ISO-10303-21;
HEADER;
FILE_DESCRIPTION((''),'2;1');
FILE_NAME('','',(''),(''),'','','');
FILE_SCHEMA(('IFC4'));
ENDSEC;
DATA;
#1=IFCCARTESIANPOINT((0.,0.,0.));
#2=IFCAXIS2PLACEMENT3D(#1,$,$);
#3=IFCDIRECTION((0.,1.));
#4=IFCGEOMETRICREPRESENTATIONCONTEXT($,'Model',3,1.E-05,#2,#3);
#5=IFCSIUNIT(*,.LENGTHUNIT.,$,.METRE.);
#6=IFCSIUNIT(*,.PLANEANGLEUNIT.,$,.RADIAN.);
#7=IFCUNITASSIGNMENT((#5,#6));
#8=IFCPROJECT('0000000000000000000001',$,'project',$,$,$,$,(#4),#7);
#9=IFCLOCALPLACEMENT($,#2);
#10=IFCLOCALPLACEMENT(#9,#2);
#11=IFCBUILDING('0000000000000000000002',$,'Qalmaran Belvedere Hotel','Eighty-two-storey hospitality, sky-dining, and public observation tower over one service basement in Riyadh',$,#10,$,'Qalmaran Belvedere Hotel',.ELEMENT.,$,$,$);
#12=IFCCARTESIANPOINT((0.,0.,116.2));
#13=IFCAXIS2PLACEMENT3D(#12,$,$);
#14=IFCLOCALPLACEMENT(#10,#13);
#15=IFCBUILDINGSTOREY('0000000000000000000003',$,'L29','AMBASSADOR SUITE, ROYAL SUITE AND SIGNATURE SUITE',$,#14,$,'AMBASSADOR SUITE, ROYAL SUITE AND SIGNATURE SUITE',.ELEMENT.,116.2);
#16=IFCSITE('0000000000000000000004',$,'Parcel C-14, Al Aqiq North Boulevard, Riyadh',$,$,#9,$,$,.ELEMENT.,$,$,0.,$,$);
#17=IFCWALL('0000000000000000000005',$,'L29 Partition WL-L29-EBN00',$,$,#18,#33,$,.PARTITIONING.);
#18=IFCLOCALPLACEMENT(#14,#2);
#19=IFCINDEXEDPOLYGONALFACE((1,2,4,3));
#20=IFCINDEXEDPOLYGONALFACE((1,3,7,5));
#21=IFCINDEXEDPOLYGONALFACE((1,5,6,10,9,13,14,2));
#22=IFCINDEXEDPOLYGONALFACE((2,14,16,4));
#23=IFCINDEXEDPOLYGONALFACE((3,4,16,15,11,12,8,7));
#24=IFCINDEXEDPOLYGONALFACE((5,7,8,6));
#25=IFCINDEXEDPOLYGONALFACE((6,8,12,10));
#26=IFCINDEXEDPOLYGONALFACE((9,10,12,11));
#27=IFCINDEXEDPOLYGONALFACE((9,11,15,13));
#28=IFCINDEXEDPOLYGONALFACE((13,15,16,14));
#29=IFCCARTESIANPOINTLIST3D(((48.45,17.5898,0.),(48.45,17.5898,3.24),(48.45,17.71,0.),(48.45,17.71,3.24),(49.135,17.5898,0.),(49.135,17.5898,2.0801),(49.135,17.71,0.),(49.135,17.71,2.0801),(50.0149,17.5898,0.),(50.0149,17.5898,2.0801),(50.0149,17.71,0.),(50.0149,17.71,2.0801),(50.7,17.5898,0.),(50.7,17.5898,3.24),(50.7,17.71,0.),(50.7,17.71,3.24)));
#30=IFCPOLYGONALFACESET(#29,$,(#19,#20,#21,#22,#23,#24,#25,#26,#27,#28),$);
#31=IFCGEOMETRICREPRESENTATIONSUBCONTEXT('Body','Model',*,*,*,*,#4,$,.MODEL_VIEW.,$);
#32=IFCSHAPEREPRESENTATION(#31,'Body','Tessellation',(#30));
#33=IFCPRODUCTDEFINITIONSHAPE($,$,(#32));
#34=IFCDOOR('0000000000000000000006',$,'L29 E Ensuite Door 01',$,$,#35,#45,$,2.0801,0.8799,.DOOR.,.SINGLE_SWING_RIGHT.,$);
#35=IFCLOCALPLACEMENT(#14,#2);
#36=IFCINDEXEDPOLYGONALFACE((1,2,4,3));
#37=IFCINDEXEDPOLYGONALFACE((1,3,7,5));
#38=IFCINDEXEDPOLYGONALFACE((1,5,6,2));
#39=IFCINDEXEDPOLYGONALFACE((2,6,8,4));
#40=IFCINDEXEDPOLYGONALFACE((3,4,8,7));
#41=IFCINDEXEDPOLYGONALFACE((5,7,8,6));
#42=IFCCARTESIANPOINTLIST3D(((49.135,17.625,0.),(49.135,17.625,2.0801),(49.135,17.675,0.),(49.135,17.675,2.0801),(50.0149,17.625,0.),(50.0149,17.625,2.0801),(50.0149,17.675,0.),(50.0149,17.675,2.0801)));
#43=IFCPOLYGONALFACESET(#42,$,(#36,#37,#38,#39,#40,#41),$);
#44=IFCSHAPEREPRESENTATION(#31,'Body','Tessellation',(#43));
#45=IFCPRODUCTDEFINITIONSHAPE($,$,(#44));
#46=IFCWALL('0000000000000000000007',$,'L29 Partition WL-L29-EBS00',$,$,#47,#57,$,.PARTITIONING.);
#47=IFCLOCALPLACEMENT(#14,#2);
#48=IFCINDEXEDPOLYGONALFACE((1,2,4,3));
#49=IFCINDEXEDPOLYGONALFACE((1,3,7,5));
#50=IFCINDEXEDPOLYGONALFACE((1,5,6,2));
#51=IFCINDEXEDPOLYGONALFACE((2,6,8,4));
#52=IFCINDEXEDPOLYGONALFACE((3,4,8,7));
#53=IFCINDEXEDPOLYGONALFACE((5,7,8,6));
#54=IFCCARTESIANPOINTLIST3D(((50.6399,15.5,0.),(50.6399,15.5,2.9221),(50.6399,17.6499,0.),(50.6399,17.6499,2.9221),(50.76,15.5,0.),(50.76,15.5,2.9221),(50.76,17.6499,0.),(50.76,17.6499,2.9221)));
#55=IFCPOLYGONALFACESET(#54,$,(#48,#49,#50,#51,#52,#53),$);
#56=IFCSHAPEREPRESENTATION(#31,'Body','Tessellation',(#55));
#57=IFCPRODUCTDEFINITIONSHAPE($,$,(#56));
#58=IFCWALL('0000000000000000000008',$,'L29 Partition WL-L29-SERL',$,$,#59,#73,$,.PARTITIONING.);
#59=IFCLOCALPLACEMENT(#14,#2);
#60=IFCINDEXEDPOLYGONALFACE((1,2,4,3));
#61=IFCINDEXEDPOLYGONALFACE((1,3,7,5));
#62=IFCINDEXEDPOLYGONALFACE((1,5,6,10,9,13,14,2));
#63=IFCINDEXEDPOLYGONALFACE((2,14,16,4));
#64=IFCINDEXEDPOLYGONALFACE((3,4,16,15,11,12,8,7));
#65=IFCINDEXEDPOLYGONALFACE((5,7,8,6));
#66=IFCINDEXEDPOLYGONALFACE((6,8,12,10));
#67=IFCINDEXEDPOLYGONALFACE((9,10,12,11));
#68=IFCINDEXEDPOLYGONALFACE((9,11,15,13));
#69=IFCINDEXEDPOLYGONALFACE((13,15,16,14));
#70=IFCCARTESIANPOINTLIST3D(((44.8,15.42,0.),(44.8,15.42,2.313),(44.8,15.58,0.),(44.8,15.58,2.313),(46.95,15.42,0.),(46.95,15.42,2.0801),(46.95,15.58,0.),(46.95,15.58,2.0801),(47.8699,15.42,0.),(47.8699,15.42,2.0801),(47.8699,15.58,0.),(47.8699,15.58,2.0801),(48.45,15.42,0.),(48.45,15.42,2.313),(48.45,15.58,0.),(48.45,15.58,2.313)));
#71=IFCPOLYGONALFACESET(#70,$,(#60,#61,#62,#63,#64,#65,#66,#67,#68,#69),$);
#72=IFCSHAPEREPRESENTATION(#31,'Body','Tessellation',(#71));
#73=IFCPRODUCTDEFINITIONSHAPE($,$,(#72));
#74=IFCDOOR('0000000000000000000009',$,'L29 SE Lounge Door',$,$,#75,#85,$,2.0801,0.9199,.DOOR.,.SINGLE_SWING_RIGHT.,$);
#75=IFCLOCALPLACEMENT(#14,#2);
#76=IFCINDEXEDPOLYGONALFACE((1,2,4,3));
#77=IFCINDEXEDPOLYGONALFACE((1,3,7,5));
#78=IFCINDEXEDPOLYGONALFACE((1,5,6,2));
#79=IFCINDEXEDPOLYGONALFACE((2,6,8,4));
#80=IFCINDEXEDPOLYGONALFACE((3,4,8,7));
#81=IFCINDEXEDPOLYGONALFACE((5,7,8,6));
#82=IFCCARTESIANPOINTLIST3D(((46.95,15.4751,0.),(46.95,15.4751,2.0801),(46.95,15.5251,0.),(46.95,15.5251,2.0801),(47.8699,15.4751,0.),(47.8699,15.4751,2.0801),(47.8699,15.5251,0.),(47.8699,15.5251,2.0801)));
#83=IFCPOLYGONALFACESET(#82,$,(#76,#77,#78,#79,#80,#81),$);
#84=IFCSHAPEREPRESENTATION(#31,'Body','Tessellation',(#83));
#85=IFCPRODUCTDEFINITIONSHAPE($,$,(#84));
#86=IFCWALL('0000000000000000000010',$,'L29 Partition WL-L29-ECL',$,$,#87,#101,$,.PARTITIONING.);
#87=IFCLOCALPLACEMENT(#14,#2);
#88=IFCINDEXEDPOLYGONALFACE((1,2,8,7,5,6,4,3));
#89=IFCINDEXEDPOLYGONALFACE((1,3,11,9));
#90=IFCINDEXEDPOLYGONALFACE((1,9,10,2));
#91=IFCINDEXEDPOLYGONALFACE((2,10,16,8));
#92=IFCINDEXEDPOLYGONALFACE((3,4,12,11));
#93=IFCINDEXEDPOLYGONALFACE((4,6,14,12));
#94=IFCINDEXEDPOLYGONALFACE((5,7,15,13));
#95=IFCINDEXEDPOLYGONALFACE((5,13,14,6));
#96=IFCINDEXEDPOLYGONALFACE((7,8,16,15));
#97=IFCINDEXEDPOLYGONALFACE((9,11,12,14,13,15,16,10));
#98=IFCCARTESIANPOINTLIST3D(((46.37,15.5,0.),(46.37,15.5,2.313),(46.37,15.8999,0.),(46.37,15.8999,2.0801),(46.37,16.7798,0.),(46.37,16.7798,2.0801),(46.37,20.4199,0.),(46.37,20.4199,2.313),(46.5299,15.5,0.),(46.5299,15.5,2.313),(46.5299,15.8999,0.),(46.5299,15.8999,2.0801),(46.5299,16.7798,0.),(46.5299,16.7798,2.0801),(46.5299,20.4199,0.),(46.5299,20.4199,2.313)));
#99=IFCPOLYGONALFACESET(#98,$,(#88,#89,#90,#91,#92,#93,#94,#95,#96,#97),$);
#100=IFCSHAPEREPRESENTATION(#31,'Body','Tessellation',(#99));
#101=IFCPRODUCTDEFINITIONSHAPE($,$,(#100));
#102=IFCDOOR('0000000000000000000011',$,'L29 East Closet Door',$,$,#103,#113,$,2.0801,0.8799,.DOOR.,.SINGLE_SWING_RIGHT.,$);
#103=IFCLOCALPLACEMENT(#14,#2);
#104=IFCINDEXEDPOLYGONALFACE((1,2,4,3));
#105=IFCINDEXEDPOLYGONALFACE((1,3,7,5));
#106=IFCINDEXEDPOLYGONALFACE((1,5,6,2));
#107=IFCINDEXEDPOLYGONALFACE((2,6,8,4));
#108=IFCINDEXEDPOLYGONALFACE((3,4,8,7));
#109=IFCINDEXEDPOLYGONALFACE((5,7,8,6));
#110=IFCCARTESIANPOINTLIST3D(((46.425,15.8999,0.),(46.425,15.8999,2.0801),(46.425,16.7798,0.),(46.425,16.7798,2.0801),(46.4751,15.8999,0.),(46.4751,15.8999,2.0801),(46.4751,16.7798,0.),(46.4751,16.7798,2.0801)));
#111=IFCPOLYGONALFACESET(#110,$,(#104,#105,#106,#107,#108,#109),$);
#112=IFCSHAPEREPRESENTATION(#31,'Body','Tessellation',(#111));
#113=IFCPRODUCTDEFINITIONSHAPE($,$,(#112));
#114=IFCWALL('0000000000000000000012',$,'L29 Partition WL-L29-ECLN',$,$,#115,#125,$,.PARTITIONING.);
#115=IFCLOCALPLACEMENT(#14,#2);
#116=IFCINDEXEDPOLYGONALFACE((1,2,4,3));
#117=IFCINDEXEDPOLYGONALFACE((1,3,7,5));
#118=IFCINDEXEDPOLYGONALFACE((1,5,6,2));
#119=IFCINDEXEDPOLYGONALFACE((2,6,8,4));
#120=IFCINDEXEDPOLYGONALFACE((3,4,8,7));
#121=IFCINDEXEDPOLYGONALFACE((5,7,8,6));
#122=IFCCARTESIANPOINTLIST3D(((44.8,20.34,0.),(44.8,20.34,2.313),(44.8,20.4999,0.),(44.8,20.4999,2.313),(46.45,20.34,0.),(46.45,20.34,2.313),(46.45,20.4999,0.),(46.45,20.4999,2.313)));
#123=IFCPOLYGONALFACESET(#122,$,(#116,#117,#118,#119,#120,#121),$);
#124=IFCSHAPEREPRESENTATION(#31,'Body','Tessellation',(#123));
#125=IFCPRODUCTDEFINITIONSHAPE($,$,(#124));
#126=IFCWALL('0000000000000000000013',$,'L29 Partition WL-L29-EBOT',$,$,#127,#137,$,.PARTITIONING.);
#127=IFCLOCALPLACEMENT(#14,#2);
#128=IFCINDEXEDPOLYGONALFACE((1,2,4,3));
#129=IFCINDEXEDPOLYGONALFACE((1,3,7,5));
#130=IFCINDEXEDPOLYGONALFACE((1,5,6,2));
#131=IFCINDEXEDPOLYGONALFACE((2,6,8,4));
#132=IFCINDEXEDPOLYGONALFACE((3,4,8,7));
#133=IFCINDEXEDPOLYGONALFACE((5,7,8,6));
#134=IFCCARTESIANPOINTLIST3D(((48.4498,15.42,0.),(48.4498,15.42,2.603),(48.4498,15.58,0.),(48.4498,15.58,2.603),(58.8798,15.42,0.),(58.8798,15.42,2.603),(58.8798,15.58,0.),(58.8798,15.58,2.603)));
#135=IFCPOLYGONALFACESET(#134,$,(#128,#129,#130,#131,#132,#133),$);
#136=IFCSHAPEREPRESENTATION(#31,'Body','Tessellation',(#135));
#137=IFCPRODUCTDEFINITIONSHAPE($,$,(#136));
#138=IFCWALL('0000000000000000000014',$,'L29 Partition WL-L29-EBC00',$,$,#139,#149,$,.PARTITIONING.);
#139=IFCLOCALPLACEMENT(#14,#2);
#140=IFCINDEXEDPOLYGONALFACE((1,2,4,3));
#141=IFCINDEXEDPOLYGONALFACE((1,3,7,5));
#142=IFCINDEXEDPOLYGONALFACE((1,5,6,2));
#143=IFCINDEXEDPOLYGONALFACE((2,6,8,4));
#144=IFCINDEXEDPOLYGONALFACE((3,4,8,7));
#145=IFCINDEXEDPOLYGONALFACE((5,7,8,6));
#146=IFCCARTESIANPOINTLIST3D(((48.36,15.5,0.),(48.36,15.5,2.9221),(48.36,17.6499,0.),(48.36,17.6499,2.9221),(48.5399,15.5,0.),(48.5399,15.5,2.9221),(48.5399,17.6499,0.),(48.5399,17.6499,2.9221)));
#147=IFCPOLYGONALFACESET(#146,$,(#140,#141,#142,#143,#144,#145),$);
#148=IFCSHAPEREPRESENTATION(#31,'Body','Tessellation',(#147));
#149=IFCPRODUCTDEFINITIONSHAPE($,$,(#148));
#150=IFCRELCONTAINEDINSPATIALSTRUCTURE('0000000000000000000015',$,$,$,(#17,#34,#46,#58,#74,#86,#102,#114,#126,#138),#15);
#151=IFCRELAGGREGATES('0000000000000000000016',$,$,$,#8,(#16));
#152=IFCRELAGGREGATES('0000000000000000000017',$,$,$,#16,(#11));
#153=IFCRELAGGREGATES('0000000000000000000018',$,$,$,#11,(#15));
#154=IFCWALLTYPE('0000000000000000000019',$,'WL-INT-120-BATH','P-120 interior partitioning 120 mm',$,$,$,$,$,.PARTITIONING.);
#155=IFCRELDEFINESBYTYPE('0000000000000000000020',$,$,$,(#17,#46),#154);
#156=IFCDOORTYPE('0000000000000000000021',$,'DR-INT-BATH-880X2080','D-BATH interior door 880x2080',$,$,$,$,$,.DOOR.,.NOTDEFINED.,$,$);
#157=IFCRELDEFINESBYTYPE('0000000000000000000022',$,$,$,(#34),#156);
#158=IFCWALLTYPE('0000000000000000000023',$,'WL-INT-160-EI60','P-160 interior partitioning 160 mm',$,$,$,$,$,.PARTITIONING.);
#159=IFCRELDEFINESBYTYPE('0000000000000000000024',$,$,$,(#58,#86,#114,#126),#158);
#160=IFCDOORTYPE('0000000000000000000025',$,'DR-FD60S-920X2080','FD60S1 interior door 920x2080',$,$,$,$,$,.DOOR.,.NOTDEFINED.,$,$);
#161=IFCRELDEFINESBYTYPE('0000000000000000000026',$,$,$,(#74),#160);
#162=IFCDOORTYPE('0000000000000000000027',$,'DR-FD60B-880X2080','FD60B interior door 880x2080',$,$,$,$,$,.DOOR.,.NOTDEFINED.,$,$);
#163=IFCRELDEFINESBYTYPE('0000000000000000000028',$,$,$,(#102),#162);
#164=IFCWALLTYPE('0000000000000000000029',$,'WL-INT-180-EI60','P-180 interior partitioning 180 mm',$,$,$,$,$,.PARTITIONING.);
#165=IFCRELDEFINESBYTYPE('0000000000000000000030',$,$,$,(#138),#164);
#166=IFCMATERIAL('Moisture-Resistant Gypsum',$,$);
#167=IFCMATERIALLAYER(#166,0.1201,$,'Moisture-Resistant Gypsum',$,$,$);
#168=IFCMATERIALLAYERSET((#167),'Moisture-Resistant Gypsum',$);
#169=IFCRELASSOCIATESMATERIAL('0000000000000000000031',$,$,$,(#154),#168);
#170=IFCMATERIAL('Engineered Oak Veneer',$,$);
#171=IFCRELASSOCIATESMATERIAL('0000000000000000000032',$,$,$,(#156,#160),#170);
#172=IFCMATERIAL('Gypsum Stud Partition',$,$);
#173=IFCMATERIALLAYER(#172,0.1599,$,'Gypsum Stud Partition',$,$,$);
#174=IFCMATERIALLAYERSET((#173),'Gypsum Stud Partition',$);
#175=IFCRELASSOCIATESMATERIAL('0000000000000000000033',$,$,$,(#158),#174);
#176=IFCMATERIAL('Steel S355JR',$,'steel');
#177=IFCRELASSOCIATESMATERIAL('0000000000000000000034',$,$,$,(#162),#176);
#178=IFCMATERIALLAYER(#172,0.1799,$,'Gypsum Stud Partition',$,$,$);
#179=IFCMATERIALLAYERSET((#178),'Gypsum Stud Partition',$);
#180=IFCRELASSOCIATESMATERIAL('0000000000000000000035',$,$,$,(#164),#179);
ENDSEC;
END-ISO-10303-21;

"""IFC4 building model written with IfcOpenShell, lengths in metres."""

from ifc_helpers import new_model, si_unit, direction, frame, frame_2d, origin, place, context, subcontext, project, spatial, rectangle, extrude, material, layer, layer_set, type_object, element, fill, save


model = new_model("IFC4")

# Units and contexts
model_context = context("Model", 3, precision=1e-05, world=origin(), true_north=direction((0.0, 1.0)))
body_context = subcontext(model_context, "Body", "Model", "MODEL_VIEW")
ifc_project = project(units=[si_unit("LENGTHUNIT", "METRE"), si_unit("PLANEANGLEUNIT", "RADIAN")], contexts=[model_context])

# Site, building, storey
site_placement = place(None, origin())
site = spatial("IfcSite", under=ifc_project, at=site_placement, Name="Parcel C-14, Al Aqiq North Boulevard, Riyadh", CompositionType="ELEMENT", RefElevation=0.0)
building_placement = place(site_placement, origin())
building = spatial("IfcBuilding", under=site, at=building_placement, Name="Qalmaran Belvedere Hotel", Description="Eighty-two-storey hospitality, sky-dining, and public observation tower over one service basement in Riyadh", LongName="Qalmaran Belvedere Hotel", CompositionType="ELEMENT")
storey_placement = place(building_placement, frame((0.0, 0.0, 116.2)))
storey = spatial("IfcBuildingStorey", under=building, at=storey_placement, Name="L29", Description="AMBASSADOR SUITE, ROYAL SUITE AND SIGNATURE SUITE", LongName="AMBASSADOR SUITE, ROYAL SUITE AND SIGNATURE SUITE", CompositionType="ELEMENT", Elevation=116.2)

# Shared definitions
ifc_material_1 = material(Name="Steel S355JR", Category="steel")

# Wall, opening, door
ifc_material_2 = material(Name="Moisture-Resistant Gypsum")
ifc_layer_1 = layer(ifc_material_2, 0.1201, Name="Moisture-Resistant Gypsum")
ifc_layer_set_1 = layer_set([ifc_layer_1], Name="Moisture-Resistant Gypsum")
wall_type_1 = type_object("IfcWallType", Name="WL-INT-120-BATH", Description="P-120 interior partitioning 120 mm", PredefinedType="PARTITIONING", material=ifc_layer_set_1)
wall_1_placement = place(storey_placement, frame((48.45, 17.6499, 0.0), z_axis=(0.0, 0.0, 1.0), x_axis=(1.0, 0.0, 0.0)))
wall_1 = element("IfcWall", 1, at=wall_1_placement, inside=storey, type_object=wall_type_1, Name="L29 Partition WL-L29-EBN00", PredefinedType="PARTITIONING", context=body_context, shape_type="SweptSolid", body=[
    extrude(rectangle(XDim=2.25, YDim=0.1201, at=frame_2d((1.125, 0.0))), origin(), (0.0, 0.0, 1.0), 3.24),
])
opening_1_placement = place(wall_1_placement, frame((1.5649, 0.0, 0.0), z_axis=(0.0, 0.0, 1.0), x_axis=(-1.0, 0.0, 0.0)))
opening_1 = element("IfcOpeningElement", 2, at=opening_1_placement, cuts=wall_1, PredefinedType="OPENING", context=body_context, shape_type="SweptSolid", body=[
    extrude(rectangle(XDim=0.8799, YDim=2.0801, at=frame_2d((0.4399, 1.04))), frame((0.0, 0.0701, 0.0), z_axis=(0.0, -1.0, 0.0), x_axis=(1.0, 0.0, 0.0)), (0.0, 0.0, 1.0), 0.1401),
])
ifc_material_3 = material(Name="Engineered Oak Veneer")
door_type_1 = type_object("IfcDoorType", Name="DR-INT-BATH-880X2080", Description="D-BATH interior door 880x2080", OperationType="NOTDEFINED", PredefinedType="DOOR", material=ifc_material_3)
door_1_placement = place(opening_1_placement, origin())
door_1 = element("IfcDoor", 3, at=door_1_placement, inside=storey, type_object=door_type_1, Name="L29 E Ensuite Door 01", OperationType="SINGLE_SWING_RIGHT", OverallHeight=2.0801, OverallWidth=0.8799, PredefinedType="DOOR", context=body_context, shape_type="SweptSolid", body=[
    extrude(rectangle(XDim=0.8799, YDim=2.0801, at=frame_2d((0.4399, 1.04))), frame((0.0, 0.0249, 0.0), z_axis=(0.0, -1.0, 0.0), x_axis=(1.0, 0.0, 0.0)), (0.0, 0.0, 1.0), 0.05),
])
fill(opening_1, door_1)

# Wall
wall_2_placement = place(storey_placement, frame((50.7, 15.5, 0.0), z_axis=(0.0, 0.0, 1.0), x_axis=(0.0, 1.0, 0.0)))
element("IfcWall", 4, at=wall_2_placement, inside=storey, type_object=wall_type_1, Name="L29 Partition WL-L29-EBS00", PredefinedType="PARTITIONING", context=body_context, shape_type="SweptSolid", body=[
    extrude(rectangle(XDim=2.1499, YDim=0.1201, at=frame_2d((1.075, 0.0))), origin(), (0.0, 0.0, 1.0), 2.9221),
])

# Walls, openings, doors
ifc_material_4 = material(Name="Gypsum Stud Partition")
ifc_layer_2 = layer(ifc_material_4, 0.1599, Name="Gypsum Stud Partition")
ifc_layer_set_2 = layer_set([ifc_layer_2], Name="Gypsum Stud Partition")
wall_type_2 = type_object("IfcWallType", Name="WL-INT-160-EI60", Description="P-160 interior partitioning 160 mm", PredefinedType="PARTITIONING", material=ifc_layer_set_2)
wall_3_placement = place(storey_placement, frame((44.8, 15.5, 0.0), z_axis=(0.0, 0.0, 1.0), x_axis=(1.0, 0.0, 0.0)))
wall_3 = element("IfcWall", 5, at=wall_3_placement, inside=storey, type_object=wall_type_2, Name="L29 Partition WL-L29-SERL", PredefinedType="PARTITIONING", context=body_context, shape_type="SweptSolid", body=[
    extrude(rectangle(XDim=3.6499, YDim=0.1599, at=frame_2d((1.825, 0.0))), origin(), (0.0, 0.0, 1.0), 2.313),
])
opening_2_placement = place(wall_3_placement, frame((3.0698, 0.0, 0.0), z_axis=(0.0, 0.0, 1.0), x_axis=(-1.0, 0.0, 0.0)))
opening_2 = element("IfcOpeningElement", 6, at=opening_2_placement, cuts=wall_3, PredefinedType="OPENING", context=body_context, shape_type="SweptSolid", body=[
    extrude(rectangle(XDim=0.9199, YDim=2.0801, at=frame_2d((0.46, 1.04))), frame((0.0, 0.0898, 0.0), z_axis=(0.0, -1.0, 0.0), x_axis=(1.0, 0.0, 0.0)), (0.0, 0.0, 1.0), 0.1799),
])
door_type_2 = type_object("IfcDoorType", Name="DR-FD60S-920X2080", Description="FD60S1 interior door 920x2080", OperationType="NOTDEFINED", PredefinedType="DOOR", material=ifc_material_3)
door_2_placement = place(opening_2_placement, origin())
door_2 = element("IfcDoor", 7, at=door_2_placement, inside=storey, type_object=door_type_2, Name="L29 SE Lounge Door", OperationType="SINGLE_SWING_RIGHT", OverallHeight=2.0801, OverallWidth=0.9199, PredefinedType="DOOR", context=body_context, shape_type="SweptSolid", body=[
    extrude(rectangle(XDim=0.9199, YDim=2.0801, at=frame_2d((0.46, 1.04))), frame((0.0, 0.0249, 0.0), z_axis=(0.0, -1.0, 0.0), x_axis=(1.0, 0.0, 0.0)), (0.0, 0.0, 1.0), 0.05),
])
fill(opening_2, door_2)
wall_4_placement = place(storey_placement, frame((46.45, 15.5, 0.0), z_axis=(0.0, 0.0, 1.0), x_axis=(0.0, 1.0, 0.0)))
wall_4 = element("IfcWall", 8, at=wall_4_placement, inside=storey, type_object=wall_type_2, Name="L29 Partition WL-L29-ECL", PredefinedType="PARTITIONING", context=body_context, shape_type="SweptSolid", body=[
    extrude(rectangle(XDim=4.9199, YDim=0.1599, at=frame_2d((2.46, 0.0))), origin(), (0.0, 0.0, 1.0), 2.313),
])
opening_3_placement = place(wall_4_placement, frame((0.3999, 0.0, 0.0)))
opening_3 = element("IfcOpeningElement", 9, at=opening_3_placement, cuts=wall_4, PredefinedType="OPENING", context=body_context, shape_type="SweptSolid", body=[
    extrude(rectangle(XDim=0.8799, YDim=2.0801, at=frame_2d((0.4399, 1.04))), frame((0.0, 0.0898, 0.0), z_axis=(0.0, -1.0, 0.0), x_axis=(1.0, 0.0, 0.0)), (0.0, 0.0, 1.0), 0.1799),
])
door_type_3 = type_object("IfcDoorType", Name="DR-FD60B-880X2080", Description="FD60B interior door 880x2080", OperationType="NOTDEFINED", PredefinedType="DOOR", material=ifc_material_1)
door_3_placement = place(opening_3_placement, origin())
door_3 = element("IfcDoor", 10, at=door_3_placement, inside=storey, type_object=door_type_3, Name="L29 East Closet Door", OperationType="SINGLE_SWING_RIGHT", OverallHeight=2.0801, OverallWidth=0.8799, PredefinedType="DOOR", context=body_context, shape_type="SweptSolid", body=[
    extrude(rectangle(XDim=0.8799, YDim=2.0801, at=frame_2d((0.4399, 1.04))), frame((0.0, 0.0249, 0.0), z_axis=(0.0, -1.0, 0.0), x_axis=(1.0, 0.0, 0.0)), (0.0, 0.0, 1.0), 0.05),
])
fill(opening_3, door_3)

# Walls
wall_5_placement = place(storey_placement, frame((44.8, 20.4199, 0.0), z_axis=(0.0, 0.0, 1.0), x_axis=(1.0, 0.0, 0.0)))
element("IfcWall", 11, at=wall_5_placement, inside=storey, type_object=wall_type_2, Name="L29 Partition WL-L29-ECLN", PredefinedType="PARTITIONING", context=body_context, shape_type="SweptSolid", body=[
    extrude(rectangle(XDim=1.6499, YDim=0.1599, at=frame_2d((0.825, 0.0))), origin(), (0.0, 0.0, 1.0), 2.313),
])
wall_6_placement = place(storey_placement, frame((48.45, 15.5, 0.0), z_axis=(0.0, 0.0, 1.0), x_axis=(1.0, 0.0, 0.0)))
element("IfcWall", 12, at=wall_6_placement, inside=storey, type_object=wall_type_2, Name="L29 Partition WL-L29-EBOT", PredefinedType="PARTITIONING", context=body_context, shape_type="SweptSolid", body=[
    extrude(rectangle(XDim=10.4299, YDim=0.1599, at=frame_2d((5.2148, 0.0))), origin(), (0.0, 0.0, 1.0), 2.603),
])
ifc_layer_3 = layer(ifc_material_4, 0.1799, Name="Gypsum Stud Partition")
ifc_layer_set_3 = layer_set([ifc_layer_3], Name="Gypsum Stud Partition")
wall_type_3 = type_object("IfcWallType", Name="WL-INT-180-EI60", Description="P-180 interior partitioning 180 mm", PredefinedType="PARTITIONING", material=ifc_layer_set_3)
wall_7_placement = place(storey_placement, frame((48.45, 15.5, 0.0), z_axis=(0.0, 0.0, 1.0), x_axis=(0.0, 1.0, 0.0)))
element("IfcWall", 13, at=wall_7_placement, inside=storey, type_object=wall_type_3, Name="L29 Partition WL-L29-EBC00", PredefinedType="PARTITIONING", context=body_context, shape_type="SweptSolid", body=[
    extrude(rectangle(XDim=2.1499, YDim=0.1799, at=frame_2d((1.075, 0.0))), origin(), (0.0, 0.0, 1.0), 2.9221),
])

save(model, "model.ifc")
